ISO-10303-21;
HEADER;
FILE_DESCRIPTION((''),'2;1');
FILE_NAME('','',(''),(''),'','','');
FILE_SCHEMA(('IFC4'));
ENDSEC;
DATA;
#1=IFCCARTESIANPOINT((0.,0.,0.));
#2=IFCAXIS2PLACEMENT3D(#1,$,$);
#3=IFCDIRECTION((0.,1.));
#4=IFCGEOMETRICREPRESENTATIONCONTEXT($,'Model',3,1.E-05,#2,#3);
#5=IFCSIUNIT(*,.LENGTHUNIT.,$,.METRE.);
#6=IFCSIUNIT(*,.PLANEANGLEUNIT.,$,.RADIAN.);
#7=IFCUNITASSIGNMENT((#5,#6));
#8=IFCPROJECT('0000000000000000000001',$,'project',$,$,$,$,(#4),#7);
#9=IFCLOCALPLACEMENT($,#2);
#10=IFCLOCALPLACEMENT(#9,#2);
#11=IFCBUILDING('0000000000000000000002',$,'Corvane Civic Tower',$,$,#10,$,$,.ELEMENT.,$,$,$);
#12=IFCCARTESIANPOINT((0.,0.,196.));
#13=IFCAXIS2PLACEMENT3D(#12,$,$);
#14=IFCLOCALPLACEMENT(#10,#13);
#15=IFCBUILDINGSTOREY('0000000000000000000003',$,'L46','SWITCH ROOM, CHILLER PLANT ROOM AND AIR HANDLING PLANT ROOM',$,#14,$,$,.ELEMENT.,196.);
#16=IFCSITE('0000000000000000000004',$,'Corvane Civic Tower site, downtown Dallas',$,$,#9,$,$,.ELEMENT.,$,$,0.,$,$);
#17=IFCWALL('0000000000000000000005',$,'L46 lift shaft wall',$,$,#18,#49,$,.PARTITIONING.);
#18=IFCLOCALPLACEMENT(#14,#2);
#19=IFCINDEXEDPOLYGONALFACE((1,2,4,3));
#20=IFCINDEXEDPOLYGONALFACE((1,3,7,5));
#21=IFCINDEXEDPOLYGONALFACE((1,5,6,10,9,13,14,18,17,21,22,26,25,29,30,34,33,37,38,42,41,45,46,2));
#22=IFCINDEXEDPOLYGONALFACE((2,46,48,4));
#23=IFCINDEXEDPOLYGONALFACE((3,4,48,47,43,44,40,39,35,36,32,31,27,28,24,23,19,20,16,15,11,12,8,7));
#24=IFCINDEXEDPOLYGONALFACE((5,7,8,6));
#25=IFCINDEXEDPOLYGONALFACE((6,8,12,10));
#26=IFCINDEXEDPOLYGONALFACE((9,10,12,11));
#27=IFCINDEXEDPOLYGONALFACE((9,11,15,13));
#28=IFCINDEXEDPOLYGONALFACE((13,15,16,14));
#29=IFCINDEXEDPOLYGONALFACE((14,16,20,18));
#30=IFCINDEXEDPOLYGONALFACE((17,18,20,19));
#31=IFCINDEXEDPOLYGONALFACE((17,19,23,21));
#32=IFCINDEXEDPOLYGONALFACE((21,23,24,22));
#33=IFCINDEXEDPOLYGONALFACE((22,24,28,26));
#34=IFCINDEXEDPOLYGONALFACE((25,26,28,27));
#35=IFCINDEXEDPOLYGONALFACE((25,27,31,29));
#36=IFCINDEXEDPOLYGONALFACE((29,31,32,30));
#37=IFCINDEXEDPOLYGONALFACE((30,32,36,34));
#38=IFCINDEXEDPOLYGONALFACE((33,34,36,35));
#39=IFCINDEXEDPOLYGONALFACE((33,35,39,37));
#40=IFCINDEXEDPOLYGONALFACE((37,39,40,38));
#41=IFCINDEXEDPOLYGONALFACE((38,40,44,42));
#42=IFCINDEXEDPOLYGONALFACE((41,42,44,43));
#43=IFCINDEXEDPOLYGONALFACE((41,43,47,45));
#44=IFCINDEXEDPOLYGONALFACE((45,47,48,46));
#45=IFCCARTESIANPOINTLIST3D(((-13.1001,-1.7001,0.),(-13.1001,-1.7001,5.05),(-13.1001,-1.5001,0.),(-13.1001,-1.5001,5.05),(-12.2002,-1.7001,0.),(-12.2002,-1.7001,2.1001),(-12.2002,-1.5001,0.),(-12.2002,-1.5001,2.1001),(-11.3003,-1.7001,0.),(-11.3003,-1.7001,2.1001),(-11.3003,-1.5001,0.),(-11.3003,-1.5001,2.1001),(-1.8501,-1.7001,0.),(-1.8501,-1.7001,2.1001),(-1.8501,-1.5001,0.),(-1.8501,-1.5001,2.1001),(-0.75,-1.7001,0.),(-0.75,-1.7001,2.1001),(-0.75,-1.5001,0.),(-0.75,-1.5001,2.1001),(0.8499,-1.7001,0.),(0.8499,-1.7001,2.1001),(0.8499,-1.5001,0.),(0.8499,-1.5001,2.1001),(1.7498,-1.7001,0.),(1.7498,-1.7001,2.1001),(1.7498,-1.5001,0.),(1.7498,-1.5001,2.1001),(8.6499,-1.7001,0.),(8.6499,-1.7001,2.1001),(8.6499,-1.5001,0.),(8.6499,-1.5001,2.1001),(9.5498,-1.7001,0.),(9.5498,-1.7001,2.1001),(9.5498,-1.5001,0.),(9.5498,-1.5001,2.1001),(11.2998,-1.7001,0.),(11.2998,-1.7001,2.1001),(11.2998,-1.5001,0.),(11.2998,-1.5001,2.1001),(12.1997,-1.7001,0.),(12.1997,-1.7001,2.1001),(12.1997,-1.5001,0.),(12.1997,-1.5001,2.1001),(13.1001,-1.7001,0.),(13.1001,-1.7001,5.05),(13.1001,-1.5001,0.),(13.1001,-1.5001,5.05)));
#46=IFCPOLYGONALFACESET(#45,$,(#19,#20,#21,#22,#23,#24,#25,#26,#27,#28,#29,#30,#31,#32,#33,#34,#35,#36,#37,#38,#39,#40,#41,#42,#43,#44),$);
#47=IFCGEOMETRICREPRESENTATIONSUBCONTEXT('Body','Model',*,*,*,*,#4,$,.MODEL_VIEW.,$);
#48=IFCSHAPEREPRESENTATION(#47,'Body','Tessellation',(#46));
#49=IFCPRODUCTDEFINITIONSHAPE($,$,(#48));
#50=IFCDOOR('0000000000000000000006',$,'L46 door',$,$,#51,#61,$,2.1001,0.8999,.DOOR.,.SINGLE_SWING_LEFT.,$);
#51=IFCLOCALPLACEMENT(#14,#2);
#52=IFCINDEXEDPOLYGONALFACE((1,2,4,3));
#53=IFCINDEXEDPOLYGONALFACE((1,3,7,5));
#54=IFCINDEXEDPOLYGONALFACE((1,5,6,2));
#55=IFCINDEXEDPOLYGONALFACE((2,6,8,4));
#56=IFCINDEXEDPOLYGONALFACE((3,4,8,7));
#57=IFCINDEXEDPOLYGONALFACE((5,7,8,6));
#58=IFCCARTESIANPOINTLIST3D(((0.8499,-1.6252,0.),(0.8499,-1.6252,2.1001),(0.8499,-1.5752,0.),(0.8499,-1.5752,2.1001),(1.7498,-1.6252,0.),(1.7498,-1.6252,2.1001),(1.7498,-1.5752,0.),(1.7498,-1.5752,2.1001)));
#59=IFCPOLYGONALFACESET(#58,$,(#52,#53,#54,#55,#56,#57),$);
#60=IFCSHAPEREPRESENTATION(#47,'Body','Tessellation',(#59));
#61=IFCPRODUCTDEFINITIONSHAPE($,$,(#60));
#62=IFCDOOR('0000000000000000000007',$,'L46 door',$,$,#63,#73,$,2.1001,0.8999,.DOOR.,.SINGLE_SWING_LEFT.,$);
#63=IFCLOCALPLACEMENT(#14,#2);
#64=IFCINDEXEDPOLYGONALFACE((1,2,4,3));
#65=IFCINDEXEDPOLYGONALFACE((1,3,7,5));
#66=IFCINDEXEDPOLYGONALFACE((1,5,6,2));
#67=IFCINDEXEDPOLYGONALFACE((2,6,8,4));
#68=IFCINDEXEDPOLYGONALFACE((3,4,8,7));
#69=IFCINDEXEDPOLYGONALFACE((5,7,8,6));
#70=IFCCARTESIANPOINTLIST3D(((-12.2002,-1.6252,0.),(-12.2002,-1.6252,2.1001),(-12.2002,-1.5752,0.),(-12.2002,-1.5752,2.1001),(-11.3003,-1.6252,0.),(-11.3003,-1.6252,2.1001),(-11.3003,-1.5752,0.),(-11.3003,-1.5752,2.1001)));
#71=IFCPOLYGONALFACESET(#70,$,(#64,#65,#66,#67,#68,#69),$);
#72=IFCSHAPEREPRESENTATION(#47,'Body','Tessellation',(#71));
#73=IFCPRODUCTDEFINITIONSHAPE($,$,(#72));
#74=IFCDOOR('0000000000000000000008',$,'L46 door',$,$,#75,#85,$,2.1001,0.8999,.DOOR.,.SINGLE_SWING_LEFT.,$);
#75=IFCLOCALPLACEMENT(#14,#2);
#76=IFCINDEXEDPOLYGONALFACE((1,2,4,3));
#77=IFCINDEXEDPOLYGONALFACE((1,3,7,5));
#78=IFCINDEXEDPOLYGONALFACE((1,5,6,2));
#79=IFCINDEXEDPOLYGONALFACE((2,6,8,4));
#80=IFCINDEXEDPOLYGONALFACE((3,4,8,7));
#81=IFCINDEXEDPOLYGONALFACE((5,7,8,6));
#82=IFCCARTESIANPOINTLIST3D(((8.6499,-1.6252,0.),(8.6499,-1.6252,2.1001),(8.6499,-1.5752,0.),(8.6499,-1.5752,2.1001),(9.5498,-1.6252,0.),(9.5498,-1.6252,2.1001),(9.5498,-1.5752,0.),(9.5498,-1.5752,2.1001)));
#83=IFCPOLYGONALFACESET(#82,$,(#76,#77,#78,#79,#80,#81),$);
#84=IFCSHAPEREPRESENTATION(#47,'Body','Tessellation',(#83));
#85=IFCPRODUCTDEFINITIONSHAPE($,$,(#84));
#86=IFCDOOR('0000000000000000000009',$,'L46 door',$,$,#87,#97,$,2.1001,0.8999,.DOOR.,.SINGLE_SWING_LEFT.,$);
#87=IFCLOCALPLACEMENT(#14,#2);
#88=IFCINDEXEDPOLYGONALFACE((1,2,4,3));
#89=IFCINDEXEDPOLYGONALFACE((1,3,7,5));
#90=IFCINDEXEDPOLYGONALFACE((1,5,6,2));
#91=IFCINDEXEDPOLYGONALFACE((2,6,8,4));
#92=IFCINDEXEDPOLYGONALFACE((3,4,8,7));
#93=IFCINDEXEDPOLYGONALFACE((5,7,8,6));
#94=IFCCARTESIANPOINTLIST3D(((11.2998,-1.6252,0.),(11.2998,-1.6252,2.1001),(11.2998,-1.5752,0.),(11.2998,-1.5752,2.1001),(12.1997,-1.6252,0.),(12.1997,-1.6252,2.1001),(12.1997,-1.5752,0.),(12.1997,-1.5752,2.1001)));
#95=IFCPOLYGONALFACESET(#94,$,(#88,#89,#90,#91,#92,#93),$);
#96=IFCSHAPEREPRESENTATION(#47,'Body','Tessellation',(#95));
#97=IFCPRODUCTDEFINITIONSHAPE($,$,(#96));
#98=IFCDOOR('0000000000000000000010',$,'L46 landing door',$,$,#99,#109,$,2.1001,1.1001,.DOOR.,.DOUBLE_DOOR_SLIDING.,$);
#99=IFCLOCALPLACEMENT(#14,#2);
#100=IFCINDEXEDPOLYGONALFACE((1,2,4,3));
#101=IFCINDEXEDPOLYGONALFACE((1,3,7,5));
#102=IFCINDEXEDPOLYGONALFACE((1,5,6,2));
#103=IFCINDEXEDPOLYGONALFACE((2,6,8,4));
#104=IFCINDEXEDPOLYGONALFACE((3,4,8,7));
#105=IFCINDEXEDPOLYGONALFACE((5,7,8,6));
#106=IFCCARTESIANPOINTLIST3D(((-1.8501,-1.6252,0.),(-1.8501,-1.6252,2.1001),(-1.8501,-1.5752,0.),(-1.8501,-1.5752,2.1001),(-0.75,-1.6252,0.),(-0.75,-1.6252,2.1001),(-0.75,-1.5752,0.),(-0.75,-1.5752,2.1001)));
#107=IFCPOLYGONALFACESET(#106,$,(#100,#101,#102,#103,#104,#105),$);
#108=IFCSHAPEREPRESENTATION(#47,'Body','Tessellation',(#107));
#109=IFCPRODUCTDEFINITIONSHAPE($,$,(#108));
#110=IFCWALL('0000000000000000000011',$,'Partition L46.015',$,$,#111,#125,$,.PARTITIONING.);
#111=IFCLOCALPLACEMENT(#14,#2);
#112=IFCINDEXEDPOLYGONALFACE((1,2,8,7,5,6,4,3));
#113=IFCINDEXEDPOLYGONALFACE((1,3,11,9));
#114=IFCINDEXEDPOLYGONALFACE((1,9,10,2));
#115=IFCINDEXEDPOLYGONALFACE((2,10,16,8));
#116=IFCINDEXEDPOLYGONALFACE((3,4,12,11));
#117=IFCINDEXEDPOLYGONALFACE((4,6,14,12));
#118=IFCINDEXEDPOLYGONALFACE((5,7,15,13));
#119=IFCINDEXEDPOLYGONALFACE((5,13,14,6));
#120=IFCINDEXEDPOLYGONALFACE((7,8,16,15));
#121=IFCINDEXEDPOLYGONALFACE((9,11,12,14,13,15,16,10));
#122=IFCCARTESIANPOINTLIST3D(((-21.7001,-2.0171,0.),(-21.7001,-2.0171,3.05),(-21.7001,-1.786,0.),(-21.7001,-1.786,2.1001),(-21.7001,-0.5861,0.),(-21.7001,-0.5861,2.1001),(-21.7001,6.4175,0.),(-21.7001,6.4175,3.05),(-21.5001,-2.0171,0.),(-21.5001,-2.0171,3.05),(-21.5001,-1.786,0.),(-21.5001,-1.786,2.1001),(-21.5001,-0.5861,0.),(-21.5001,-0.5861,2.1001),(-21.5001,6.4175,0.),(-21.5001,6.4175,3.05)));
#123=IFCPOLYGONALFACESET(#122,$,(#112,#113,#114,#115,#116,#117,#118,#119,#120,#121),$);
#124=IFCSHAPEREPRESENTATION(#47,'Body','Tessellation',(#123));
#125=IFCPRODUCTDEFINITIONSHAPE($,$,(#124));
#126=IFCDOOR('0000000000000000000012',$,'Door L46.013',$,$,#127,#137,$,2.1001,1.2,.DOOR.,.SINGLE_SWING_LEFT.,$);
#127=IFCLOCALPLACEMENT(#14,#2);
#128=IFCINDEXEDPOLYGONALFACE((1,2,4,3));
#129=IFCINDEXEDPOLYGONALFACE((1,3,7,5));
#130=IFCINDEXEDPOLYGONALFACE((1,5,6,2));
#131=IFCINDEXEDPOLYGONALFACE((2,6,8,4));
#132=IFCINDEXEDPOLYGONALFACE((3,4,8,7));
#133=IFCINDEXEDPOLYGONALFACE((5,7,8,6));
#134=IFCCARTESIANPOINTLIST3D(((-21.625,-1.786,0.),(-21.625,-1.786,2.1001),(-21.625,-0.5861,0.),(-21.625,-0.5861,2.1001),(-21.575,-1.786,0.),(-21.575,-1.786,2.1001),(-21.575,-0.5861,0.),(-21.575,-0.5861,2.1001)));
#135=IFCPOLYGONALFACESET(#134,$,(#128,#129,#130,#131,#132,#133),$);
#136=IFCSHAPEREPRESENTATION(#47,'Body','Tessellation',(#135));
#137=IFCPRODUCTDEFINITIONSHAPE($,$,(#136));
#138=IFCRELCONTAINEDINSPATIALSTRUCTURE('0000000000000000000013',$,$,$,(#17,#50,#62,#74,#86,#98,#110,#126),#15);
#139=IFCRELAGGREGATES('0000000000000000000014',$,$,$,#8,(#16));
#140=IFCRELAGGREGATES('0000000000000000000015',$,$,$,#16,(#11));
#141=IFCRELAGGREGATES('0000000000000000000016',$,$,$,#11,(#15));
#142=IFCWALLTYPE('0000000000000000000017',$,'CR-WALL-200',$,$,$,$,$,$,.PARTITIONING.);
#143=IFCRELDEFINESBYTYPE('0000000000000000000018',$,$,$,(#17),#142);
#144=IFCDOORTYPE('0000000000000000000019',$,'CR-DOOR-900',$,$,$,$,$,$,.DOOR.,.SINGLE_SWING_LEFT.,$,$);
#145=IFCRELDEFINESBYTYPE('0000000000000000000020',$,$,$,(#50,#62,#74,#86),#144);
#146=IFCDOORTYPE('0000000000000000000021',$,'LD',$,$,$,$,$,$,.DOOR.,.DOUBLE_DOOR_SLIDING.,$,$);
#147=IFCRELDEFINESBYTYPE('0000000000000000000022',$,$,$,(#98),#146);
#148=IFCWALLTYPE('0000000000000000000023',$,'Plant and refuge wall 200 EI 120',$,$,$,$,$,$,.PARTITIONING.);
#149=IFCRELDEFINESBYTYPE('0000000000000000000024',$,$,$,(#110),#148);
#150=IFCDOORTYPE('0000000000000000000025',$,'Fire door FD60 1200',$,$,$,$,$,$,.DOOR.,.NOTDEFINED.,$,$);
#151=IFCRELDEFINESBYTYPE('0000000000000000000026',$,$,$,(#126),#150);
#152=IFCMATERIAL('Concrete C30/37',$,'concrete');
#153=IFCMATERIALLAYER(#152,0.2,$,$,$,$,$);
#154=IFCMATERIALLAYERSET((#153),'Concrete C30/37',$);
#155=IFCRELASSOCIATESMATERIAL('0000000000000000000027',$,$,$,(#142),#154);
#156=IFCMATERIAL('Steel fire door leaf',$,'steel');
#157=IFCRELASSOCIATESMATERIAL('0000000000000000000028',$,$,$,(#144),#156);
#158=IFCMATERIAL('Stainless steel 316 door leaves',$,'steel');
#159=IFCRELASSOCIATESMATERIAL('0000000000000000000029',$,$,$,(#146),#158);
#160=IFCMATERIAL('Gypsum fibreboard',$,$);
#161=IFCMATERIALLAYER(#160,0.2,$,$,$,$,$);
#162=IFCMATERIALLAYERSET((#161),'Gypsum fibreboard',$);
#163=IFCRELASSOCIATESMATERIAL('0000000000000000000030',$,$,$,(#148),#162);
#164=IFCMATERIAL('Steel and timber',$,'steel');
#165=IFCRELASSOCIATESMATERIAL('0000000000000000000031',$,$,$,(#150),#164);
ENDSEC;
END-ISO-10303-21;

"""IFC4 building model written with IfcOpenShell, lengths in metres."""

from ifc_helpers import new_model, si_unit, direction, frame, frame_2d, origin, place, context, subcontext, project, spatial, rectangle, extrude, material, layer, layer_set, type_object, element, fill, save


model = new_model("IFC4")

# Units and contexts
model_context = context("Model", 3, precision=1e-05, world=origin(), true_north=direction((0.0, 1.0)))
body_context = subcontext(model_context, "Body", "Model", "MODEL_VIEW")
ifc_project = project(units=[si_unit("LENGTHUNIT", "METRE"), si_unit("PLANEANGLEUNIT", "RADIAN")], contexts=[model_context])

# Site, building, storey
site_placement = place(None, origin())
site = spatial("IfcSite", under=ifc_project, at=site_placement, Name="Corvane Civic Tower site, downtown Dallas", CompositionType="ELEMENT", RefElevation=0.0)
building_placement = place(site_placement, origin())
building = spatial("IfcBuilding", under=site, at=building_placement, Name="Corvane Civic Tower", CompositionType="ELEMENT")
storey_placement = place(building_placement, frame((0.0, 0.0, 196.0)))
storey = spatial("IfcBuildingStorey", under=building, at=storey_placement, Name="L46", Description="SWITCH ROOM, CHILLER PLANT ROOM AND AIR HANDLING PLANT ROOM", CompositionType="ELEMENT", Elevation=196.0)

# Shared definitions
ifc_material_1 = material(Name="Concrete C30/37", Category="concrete")
ifc_layer_1 = layer(ifc_material_1, 0.2)
ifc_layer_set_1 = layer_set([ifc_layer_1], Name="Concrete C30/37")
wall_type_1 = type_object("IfcWallType", Name="CR-WALL-200", PredefinedType="PARTITIONING", material=ifc_layer_set_1)
ifc_material_2 = material(Name="Steel fire door leaf", Category="steel")
door_type_1 = type_object("IfcDoorType", Name="CR-DOOR-900", OperationType="SINGLE_SWING_LEFT", PredefinedType="DOOR", material=ifc_material_2)

# Wall, openings, doors
wall_1_placement = place(storey_placement, frame((-13.1001, -1.6001, 0.0), z_axis=(0.0, 0.0, 1.0), x_axis=(1.0, 0.0, 0.0)))
wall_1 = element("IfcWall", 1, at=wall_1_placement, inside=storey, type_object=wall_type_1, Name="L46 lift shaft wall", PredefinedType="PARTITIONING", context=body_context, shape_type="SweptSolid", body=[
    extrude(rectangle(XDim=26.2002, YDim=0.2, at=frame_2d((13.1001, 0.0))), origin(), (0.0, 0.0, 1.0), 5.05),
])
opening_1_placement = place(wall_1_placement, frame((11.25, 0.0, 0.0)))
opening_1 = element("IfcOpeningElement", 2, at=opening_1_placement, cuts=wall_1, PredefinedType="OPENING", context=body_context, shape_type="SweptSolid", body=[
    extrude(rectangle(XDim=1.1001, YDim=2.1001, at=frame_2d((0.55, 1.05))), frame((0.0, 0.1099, 0.0), z_axis=(0.0, -1.0, 0.0), x_axis=(1.0, 0.0, 0.0)), (0.0, 0.0, 1.0), 0.22),
])
opening_2_placement = place(wall_1_placement, frame((13.95, 0.0, 0.0)))
opening_2 = element("IfcOpeningElement", 3, at=opening_2_placement, cuts=wall_1, PredefinedType="OPENING", context=body_context, shape_type="SweptSolid", body=[
    extrude(rectangle(XDim=0.8999, YDim=2.1001, at=frame_2d((0.45, 1.05))), frame((0.0, 0.1099, 0.0), z_axis=(0.0, -1.0, 0.0), x_axis=(1.0, 0.0, 0.0)), (0.0, 0.0, 1.0), 0.22),
])
opening_3_placement = place(wall_1_placement, frame((0.8999, 0.0, 0.0)))
opening_3 = element("IfcOpeningElement", 4, at=opening_3_placement, cuts=wall_1, PredefinedType="OPENING", context=body_context, shape_type="SweptSolid", body=[
    extrude(rectangle(XDim=0.8999, YDim=2.1001, at=frame_2d((0.45, 1.05))), frame((0.0, 0.1099, 0.0), z_axis=(0.0, -1.0, 0.0), x_axis=(1.0, 0.0, 0.0)), (0.0, 0.0, 1.0), 0.22),
])
opening_4_placement = place(wall_1_placement, frame((21.75, 0.0, 0.0)))
opening_4 = element("IfcOpeningElement", 5, at=opening_4_placement, cuts=wall_1, PredefinedType="OPENING", context=body_context, shape_type="SweptSolid", body=[
    extrude(rectangle(XDim=0.8999, YDim=2.1001, at=frame_2d((0.45, 1.05))), frame((0.0, 0.1099, 0.0), z_axis=(0.0, -1.0, 0.0), x_axis=(1.0, 0.0, 0.0)), (0.0, 0.0, 1.0), 0.22),
])
opening_5_placement = place(wall_1_placement, frame((24.3999, 0.0, 0.0)))
opening_5 = element("IfcOpeningElement", 6, at=opening_5_placement, cuts=wall_1, PredefinedType="OPENING", context=body_context, shape_type="SweptSolid", body=[
    extrude(rectangle(XDim=0.8999, YDim=2.1001, at=frame_2d((0.45, 1.05))), frame((0.0, 0.1099, 0.0), z_axis=(0.0, -1.0, 0.0), x_axis=(1.0, 0.0, 0.0)), (0.0, 0.0, 1.0), 0.22),
])
door_1_placement = place(opening_2_placement, origin())
door_1 = element("IfcDoor", 7, at=door_1_placement, inside=storey, type_object=door_type_1, Name="L46 door", OperationType="SINGLE_SWING_LEFT", OverallHeight=2.1001, OverallWidth=0.8999, PredefinedType="DOOR", context=body_context, shape_type="SweptSolid", body=[
    extrude(rectangle(XDim=0.8999, YDim=2.1001, at=frame_2d((0.45, 1.05))), frame((0.0, 0.0249, 0.0), z_axis=(0.0, -1.0, 0.0), x_axis=(1.0, 0.0, 0.0)), (0.0, 0.0, 1.0), 0.05),
])
fill(opening_2, door_1)
door_2_placement = place(opening_3_placement, origin())
door_2 = element("IfcDoor", 8, at=door_2_placement, inside=storey, type_object=door_type_1, Name="L46 door", OperationType="SINGLE_SWING_LEFT", OverallHeight=2.1001, OverallWidth=0.8999, PredefinedType="DOOR", context=body_context, shape_type="SweptSolid", body=[
    extrude(rectangle(XDim=0.8999, YDim=2.1001, at=frame_2d((0.45, 1.05))), frame((0.0, 0.0249, 0.0), z_axis=(0.0, -1.0, 0.0), x_axis=(1.0, 0.0, 0.0)), (0.0, 0.0, 1.0), 0.05),
])
fill(opening_3, door_2)
door_3_placement = place(opening_4_placement, origin())
door_3 = element("IfcDoor", 9, at=door_3_placement, inside=storey, type_object=door_type_1, Name="L46 door", OperationType="SINGLE_SWING_LEFT", OverallHeight=2.1001, OverallWidth=0.8999, PredefinedType="DOOR", context=body_context, shape_type="SweptSolid", body=[
    extrude(rectangle(XDim=0.8999, YDim=2.1001, at=frame_2d((0.45, 1.05))), frame((0.0, 0.0249, 0.0), z_axis=(0.0, -1.0, 0.0), x_axis=(1.0, 0.0, 0.0)), (0.0, 0.0, 1.0), 0.05),
])
fill(opening_4, door_3)
door_4_placement = place(opening_5_placement, origin())
door_4 = element("IfcDoor", 10, at=door_4_placement, inside=storey, type_object=door_type_1, Name="L46 door", OperationType="SINGLE_SWING_LEFT", OverallHeight=2.1001, OverallWidth=0.8999, PredefinedType="DOOR", context=body_context, shape_type="SweptSolid", body=[
    extrude(rectangle(XDim=0.8999, YDim=2.1001, at=frame_2d((0.45, 1.05))), frame((0.0, 0.0249, 0.0), z_axis=(0.0, -1.0, 0.0), x_axis=(1.0, 0.0, 0.0)), (0.0, 0.0, 1.0), 0.05),
])
fill(opening_5, door_4)
ifc_material_3 = material(Name="Stainless steel 316 door leaves", Category="steel")
door_type_2 = type_object("IfcDoorType", Name="LD", OperationType="DOUBLE_DOOR_SLIDING", PredefinedType="DOOR", material=ifc_material_3)
door_5_placement = place(opening_1_placement, origin())
door_5 = element("IfcDoor", 11, at=door_5_placement, inside=storey, type_object=door_type_2, Name="L46 landing door", OperationType="DOUBLE_DOOR_SLIDING", OverallHeight=2.1001, OverallWidth=1.1001, PredefinedType="DOOR", context=body_context, shape_type="SweptSolid", body=[
    extrude(rectangle(XDim=1.1001, YDim=2.1001, at=frame_2d((0.55, 1.05))), frame((0.0, 0.0249, 0.0), z_axis=(0.0, -1.0, 0.0), x_axis=(1.0, 0.0, 0.0)), (0.0, 0.0, 1.0), 0.05),
])
fill(opening_1, door_5)

# Wall, opening, door
ifc_material_4 = material(Name="Gypsum fibreboard")
ifc_layer_2 = layer(ifc_material_4, 0.2)
ifc_layer_set_2 = layer_set([ifc_layer_2], Name="Gypsum fibreboard")
wall_type_2 = type_object("IfcWallType", Name="Plant and refuge wall 200 EI 120", PredefinedType="PARTITIONING", material=ifc_layer_set_2)
wall_2_placement = place(storey_placement, frame((-21.6001, -2.0171, 0.0), z_axis=(0.0, 0.0, 1.0), x_axis=(0.0, 1.0, 0.0)))
wall_2 = element("IfcWall", 12, at=wall_2_placement, inside=storey, type_object=wall_type_2, Name="Partition L46.015", PredefinedType="PARTITIONING", context=body_context, shape_type="SweptSolid", body=[
    extrude(rectangle(XDim=8.4346, YDim=0.2, at=frame_2d((4.2173, 0.0))), origin(), (0.0, 0.0, 1.0), 3.05),
])
opening_6_placement = place(wall_2_placement, frame((0.231, 0.0, 0.0)))
opening_6 = element("IfcOpeningElement", 13, at=opening_6_placement, cuts=wall_2, PredefinedType="OPENING", context=body_context, shape_type="SweptSolid", body=[
    extrude(rectangle(XDim=1.2, YDim=2.1001, at=frame_2d((0.6001, 1.05))), frame((0.0, 0.1099, 0.0), z_axis=(0.0, -1.0, 0.0), x_axis=(1.0, 0.0, 0.0)), (0.0, 0.0, 1.0), 0.22),
])
ifc_material_5 = material(Name="Steel and timber", Category="steel")
door_type_3 = type_object("IfcDoorType", Name="Fire door FD60 1200", OperationType="NOTDEFINED", PredefinedType="DOOR", material=ifc_material_5)
door_6_placement = place(opening_6_placement, origin())
door_6 = element("IfcDoor", 14, at=door_6_placement, inside=storey, type_object=door_type_3, Name="Door L46.013", OperationType="SINGLE_SWING_LEFT", OverallHeight=2.1001, OverallWidth=1.2, PredefinedType="DOOR", context=body_context, shape_type="SweptSolid", body=[
    extrude(rectangle(XDim=1.2, YDim=2.1001, at=frame_2d((0.6001, 1.05))), frame((0.0, 0.0249, 0.0), z_axis=(0.0, -1.0, 0.0), x_axis=(1.0, 0.0, 0.0)), (0.0, 0.0, 1.0), 0.05),
])
fill(opening_6, door_6)

save(model, "model.ifc")
